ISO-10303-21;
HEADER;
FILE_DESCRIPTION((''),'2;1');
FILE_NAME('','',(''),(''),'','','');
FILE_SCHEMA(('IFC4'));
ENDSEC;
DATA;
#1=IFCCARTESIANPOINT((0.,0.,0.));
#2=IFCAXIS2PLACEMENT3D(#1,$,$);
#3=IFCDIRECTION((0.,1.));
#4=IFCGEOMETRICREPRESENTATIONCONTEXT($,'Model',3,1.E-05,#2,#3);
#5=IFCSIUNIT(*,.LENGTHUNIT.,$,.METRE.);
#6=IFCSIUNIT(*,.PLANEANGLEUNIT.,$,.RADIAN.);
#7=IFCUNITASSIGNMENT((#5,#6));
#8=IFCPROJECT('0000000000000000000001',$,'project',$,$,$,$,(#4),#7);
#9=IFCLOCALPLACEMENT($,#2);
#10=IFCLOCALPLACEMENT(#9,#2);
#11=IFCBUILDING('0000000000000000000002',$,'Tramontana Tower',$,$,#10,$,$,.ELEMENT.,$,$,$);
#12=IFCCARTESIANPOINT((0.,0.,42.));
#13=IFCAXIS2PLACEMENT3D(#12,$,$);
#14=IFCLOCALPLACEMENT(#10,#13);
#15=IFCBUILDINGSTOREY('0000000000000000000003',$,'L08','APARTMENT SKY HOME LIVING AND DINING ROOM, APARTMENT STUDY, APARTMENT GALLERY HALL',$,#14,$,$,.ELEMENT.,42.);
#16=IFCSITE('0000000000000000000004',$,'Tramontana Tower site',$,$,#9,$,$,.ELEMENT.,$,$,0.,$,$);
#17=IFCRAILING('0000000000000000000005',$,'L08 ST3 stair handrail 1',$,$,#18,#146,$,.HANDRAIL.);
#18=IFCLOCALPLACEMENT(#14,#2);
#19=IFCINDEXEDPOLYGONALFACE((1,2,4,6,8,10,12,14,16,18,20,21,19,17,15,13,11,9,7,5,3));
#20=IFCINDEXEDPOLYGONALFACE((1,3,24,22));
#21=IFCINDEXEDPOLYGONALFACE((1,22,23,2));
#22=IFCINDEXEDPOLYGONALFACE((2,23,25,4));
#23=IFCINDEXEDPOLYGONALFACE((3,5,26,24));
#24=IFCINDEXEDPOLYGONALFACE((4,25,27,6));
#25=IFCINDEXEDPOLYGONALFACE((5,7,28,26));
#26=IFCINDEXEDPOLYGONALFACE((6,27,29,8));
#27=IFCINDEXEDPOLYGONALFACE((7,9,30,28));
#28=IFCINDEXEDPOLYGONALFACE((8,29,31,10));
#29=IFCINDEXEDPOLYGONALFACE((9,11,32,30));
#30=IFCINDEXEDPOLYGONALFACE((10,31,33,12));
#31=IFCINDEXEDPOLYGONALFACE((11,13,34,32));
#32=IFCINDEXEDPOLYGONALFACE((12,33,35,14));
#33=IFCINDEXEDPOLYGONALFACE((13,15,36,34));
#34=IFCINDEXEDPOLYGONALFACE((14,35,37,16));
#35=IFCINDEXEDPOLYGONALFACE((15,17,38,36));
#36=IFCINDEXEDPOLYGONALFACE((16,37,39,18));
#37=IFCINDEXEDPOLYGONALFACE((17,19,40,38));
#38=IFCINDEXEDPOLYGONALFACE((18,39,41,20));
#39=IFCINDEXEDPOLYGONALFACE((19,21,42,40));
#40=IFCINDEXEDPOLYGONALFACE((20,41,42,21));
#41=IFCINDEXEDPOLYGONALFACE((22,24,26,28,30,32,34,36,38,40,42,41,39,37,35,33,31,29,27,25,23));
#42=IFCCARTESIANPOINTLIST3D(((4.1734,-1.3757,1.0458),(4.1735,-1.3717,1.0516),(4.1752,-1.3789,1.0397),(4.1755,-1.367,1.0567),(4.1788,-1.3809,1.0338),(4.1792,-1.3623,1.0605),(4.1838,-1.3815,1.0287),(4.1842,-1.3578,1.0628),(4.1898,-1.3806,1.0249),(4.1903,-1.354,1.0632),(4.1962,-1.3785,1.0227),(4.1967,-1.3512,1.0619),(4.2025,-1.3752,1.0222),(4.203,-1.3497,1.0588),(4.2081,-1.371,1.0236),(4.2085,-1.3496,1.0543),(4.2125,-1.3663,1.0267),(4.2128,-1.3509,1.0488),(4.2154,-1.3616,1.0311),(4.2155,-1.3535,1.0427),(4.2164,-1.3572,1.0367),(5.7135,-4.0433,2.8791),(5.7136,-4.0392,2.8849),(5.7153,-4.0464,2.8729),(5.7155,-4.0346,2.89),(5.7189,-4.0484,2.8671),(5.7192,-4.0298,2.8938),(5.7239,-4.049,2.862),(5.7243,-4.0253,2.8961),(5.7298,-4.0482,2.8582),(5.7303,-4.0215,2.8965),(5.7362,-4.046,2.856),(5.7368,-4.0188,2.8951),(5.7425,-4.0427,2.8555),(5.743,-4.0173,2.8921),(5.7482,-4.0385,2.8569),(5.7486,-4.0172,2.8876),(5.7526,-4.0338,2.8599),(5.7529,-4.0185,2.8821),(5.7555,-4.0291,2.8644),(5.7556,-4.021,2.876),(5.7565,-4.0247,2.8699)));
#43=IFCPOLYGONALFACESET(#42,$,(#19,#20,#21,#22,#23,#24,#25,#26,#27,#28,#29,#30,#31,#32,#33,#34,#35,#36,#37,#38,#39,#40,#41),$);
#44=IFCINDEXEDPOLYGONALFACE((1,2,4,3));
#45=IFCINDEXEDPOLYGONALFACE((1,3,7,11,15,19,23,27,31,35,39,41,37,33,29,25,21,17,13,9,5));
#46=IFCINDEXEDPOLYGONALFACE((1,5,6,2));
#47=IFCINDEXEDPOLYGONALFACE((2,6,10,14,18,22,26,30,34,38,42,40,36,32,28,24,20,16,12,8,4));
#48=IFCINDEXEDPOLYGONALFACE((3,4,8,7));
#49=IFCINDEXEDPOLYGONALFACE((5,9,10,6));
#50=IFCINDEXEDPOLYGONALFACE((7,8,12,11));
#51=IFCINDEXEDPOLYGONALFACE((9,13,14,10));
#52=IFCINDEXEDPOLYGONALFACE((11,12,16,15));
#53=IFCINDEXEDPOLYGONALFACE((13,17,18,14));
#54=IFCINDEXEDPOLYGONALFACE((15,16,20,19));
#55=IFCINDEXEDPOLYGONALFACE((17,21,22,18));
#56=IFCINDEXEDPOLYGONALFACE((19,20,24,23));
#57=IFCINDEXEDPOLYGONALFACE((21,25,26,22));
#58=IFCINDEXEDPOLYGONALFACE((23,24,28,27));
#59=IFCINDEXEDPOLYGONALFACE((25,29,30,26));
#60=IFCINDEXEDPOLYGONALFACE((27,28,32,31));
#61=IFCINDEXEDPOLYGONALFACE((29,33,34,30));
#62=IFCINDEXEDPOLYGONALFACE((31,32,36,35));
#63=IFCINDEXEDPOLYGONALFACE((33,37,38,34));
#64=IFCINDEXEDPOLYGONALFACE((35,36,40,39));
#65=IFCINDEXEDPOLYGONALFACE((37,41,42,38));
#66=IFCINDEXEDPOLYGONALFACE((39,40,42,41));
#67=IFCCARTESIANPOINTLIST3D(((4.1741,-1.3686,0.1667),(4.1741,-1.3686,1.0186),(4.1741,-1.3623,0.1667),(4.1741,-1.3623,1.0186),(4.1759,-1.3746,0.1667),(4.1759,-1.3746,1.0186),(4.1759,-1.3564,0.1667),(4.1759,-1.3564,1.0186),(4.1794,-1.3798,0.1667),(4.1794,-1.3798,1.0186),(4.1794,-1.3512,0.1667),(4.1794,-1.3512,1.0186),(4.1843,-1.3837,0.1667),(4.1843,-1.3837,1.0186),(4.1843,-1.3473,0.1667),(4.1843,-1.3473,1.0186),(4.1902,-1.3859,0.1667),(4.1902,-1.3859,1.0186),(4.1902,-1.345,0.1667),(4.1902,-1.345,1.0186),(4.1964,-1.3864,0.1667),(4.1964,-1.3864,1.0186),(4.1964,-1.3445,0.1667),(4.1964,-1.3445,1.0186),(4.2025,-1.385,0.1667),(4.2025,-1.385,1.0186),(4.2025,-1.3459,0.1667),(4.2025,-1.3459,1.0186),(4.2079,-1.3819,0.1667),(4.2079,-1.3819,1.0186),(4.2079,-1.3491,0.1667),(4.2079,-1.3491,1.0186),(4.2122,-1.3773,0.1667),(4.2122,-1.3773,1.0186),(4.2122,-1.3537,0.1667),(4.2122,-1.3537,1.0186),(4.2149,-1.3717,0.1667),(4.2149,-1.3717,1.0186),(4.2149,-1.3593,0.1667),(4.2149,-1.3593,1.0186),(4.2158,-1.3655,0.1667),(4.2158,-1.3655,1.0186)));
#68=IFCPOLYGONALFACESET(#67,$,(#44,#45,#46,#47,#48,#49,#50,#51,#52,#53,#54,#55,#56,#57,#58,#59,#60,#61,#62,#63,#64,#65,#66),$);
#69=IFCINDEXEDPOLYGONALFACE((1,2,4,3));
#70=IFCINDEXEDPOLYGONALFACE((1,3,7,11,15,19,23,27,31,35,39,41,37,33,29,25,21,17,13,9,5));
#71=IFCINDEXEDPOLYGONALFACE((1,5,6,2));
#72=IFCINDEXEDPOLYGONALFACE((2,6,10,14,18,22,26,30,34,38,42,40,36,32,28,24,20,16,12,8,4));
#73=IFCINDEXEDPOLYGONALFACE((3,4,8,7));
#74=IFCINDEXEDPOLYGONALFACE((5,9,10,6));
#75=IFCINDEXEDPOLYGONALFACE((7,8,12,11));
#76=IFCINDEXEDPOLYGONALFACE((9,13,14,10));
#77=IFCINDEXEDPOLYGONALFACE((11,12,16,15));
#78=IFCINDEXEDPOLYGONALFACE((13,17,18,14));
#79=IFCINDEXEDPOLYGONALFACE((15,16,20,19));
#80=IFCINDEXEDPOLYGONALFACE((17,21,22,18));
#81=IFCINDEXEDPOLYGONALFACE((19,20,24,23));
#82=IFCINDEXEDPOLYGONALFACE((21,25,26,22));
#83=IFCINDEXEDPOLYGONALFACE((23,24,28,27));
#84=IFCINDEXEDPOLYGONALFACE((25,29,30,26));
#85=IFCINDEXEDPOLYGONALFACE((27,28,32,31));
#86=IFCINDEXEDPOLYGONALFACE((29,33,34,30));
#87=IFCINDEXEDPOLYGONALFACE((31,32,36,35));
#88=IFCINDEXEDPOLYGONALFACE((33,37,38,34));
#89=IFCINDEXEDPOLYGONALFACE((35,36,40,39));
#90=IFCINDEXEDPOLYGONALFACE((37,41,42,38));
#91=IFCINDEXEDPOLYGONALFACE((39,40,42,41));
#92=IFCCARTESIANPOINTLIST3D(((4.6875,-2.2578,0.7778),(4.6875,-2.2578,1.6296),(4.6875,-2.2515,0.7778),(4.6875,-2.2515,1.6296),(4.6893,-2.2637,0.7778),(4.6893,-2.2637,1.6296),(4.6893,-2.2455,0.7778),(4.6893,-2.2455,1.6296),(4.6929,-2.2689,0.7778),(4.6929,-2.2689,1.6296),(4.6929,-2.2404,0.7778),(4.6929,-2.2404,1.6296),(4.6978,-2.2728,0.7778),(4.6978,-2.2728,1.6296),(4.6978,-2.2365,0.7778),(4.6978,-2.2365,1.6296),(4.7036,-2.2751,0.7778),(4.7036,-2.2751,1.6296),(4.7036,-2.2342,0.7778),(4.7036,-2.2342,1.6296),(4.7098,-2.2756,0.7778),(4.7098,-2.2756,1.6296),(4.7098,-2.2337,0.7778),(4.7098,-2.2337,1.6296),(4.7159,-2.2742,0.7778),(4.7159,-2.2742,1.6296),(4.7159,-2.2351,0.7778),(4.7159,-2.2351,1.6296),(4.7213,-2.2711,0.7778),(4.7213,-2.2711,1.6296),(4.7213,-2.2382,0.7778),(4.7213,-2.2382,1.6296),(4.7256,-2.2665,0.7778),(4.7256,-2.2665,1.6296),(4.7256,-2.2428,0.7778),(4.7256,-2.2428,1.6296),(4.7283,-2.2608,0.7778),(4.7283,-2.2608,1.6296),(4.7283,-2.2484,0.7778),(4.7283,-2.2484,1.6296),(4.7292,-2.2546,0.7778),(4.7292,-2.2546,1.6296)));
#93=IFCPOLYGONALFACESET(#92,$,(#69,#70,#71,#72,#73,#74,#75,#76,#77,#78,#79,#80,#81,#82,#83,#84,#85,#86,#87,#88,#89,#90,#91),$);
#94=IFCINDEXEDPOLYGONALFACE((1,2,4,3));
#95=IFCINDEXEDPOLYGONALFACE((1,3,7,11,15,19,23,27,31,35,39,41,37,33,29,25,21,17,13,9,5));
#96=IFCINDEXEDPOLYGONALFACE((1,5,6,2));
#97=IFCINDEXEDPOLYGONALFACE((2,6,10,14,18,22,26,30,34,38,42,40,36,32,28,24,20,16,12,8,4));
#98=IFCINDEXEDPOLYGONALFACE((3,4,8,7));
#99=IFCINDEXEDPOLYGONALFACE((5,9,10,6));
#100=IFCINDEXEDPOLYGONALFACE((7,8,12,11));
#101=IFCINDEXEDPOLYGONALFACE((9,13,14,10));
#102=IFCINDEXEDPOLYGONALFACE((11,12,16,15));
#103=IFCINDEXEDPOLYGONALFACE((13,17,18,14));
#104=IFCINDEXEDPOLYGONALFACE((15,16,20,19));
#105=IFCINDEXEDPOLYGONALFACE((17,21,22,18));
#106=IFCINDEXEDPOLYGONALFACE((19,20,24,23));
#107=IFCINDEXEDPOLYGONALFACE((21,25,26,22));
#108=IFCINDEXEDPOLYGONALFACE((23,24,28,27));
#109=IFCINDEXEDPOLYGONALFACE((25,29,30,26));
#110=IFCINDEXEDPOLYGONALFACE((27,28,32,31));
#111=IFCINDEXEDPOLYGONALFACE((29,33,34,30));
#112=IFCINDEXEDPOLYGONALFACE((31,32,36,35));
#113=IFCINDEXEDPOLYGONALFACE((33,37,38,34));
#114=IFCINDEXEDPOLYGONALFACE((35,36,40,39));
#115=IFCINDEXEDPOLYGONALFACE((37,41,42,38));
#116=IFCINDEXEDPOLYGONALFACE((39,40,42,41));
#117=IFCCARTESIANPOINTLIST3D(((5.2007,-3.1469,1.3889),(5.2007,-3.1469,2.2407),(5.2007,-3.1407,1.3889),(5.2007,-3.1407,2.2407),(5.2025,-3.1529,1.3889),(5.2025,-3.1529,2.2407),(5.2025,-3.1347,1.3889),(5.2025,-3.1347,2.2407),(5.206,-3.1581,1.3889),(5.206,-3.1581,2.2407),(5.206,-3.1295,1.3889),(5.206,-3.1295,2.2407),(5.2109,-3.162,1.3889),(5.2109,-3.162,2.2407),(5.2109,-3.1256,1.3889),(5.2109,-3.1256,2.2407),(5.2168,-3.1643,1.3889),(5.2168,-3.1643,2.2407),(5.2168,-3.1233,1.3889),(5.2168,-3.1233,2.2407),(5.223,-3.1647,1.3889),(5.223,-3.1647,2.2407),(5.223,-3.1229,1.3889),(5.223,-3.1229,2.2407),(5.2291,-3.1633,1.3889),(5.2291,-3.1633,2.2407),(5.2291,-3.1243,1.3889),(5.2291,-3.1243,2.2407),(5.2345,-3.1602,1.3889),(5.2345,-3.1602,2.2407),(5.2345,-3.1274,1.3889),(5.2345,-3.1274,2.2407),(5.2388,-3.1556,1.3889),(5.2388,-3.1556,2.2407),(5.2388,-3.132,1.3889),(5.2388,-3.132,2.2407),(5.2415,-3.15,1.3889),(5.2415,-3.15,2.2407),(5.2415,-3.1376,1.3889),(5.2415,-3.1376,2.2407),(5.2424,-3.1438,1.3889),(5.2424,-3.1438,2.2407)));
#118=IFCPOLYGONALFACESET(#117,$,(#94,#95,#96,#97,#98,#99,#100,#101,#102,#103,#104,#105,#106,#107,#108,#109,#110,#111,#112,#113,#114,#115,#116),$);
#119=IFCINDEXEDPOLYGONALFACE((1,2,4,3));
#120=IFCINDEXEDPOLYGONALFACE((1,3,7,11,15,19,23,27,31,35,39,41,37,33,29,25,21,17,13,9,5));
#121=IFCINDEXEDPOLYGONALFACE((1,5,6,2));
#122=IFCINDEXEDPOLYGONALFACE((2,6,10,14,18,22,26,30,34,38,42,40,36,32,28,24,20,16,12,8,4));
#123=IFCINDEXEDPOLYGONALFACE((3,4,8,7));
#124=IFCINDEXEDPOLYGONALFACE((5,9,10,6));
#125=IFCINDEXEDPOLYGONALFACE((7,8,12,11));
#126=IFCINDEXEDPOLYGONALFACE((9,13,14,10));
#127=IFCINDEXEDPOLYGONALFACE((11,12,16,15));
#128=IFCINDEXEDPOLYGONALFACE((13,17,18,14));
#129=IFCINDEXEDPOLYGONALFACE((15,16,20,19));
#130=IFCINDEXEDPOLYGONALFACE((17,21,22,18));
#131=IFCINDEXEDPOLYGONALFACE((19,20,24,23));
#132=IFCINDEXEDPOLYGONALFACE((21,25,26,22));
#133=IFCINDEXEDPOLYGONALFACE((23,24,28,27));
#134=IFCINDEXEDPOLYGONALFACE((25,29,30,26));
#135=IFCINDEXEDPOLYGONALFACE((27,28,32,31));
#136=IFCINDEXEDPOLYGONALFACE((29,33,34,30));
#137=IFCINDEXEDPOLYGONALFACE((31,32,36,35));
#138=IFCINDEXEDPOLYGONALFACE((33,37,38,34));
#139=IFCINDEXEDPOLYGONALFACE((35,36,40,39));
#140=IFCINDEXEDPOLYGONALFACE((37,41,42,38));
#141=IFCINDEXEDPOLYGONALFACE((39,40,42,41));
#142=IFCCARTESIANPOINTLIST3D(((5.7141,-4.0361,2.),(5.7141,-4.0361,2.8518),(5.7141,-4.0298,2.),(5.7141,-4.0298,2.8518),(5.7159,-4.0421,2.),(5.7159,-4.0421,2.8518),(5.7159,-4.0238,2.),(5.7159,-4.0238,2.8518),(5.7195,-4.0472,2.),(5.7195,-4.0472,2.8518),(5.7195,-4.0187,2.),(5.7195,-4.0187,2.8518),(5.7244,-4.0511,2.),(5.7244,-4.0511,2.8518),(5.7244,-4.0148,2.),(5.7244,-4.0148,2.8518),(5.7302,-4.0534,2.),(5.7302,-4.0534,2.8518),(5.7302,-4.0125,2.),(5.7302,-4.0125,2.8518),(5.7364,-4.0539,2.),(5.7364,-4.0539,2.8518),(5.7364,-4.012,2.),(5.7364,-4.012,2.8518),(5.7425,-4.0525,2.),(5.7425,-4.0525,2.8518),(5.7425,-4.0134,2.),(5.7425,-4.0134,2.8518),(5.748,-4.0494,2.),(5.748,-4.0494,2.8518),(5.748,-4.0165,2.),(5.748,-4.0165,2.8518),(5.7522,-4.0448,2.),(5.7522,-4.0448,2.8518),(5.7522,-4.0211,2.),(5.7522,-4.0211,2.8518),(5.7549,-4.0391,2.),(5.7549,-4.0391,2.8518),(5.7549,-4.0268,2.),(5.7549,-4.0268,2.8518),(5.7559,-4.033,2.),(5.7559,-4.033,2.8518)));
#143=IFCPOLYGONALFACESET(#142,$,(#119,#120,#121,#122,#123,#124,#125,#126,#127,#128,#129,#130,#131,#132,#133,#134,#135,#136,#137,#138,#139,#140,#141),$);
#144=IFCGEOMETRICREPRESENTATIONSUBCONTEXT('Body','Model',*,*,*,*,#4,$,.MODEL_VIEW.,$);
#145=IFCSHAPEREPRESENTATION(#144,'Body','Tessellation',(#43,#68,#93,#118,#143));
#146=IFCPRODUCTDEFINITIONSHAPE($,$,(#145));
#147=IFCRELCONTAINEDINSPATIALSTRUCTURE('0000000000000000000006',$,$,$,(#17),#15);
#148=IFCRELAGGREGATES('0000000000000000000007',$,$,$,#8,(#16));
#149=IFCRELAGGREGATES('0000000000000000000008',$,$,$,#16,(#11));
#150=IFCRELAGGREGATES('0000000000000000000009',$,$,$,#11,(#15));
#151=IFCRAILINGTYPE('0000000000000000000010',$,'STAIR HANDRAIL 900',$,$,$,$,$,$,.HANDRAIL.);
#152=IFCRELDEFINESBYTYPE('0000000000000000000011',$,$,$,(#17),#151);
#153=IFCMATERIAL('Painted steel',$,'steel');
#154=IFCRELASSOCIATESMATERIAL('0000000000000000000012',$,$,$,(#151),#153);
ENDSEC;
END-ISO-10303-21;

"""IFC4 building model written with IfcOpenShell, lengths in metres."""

from ifc_helpers import new_model, si_unit, direction, frame, origin, origin_2d, place, context, subcontext, project, spatial, circle, extrude, material, type_object, element, save


model = new_model("IFC4")

# Units and contexts
model_context = context("Model", 3, precision=1e-05, world=origin(), true_north=direction((0.0, 1.0)))
body_context = subcontext(model_context, "Body", "Model", "MODEL_VIEW")
ifc_project = project(units=[si_unit("LENGTHUNIT", "METRE"), si_unit("PLANEANGLEUNIT", "RADIAN")], contexts=[model_context])

# Site, building, storey
site_placement = place(None, origin())
site = spatial("IfcSite", under=ifc_project, at=site_placement, Name="Tramontana Tower site", CompositionType="ELEMENT", RefElevation=0.0)
building_placement = place(site_placement, origin())
building = spatial("IfcBuilding", under=site, at=building_placement, Name="Tramontana Tower", CompositionType="ELEMENT")
storey_placement = place(building_placement, frame((0.0, 0.0, 42.0)))
storey = spatial("IfcBuildingStorey", under=building, at=storey_placement, Name="L08", Description="APARTMENT SKY HOME LIVING AND DINING ROOM, APARTMENT STUDY, APARTMENT GALLERY HALL", CompositionType="ELEMENT", Elevation=42.0)

# Railing
ifc_material_1 = material(Name="Painted steel", Category="steel")
railing_type_1 = type_object("IfcRailingType", Name="STAIR HANDRAIL 900", PredefinedType="HANDRAIL", material=ifc_material_1)
railing_1_placement = place(storey_placement, frame((4.1948, -1.3655, 0.1667)))
element("IfcRailing", 1, at=railing_1_placement, inside=storey, type_object=railing_type_1, Name="L08 ST3 stair handrail 1", PredefinedType="HANDRAIL", context=body_context, shape_type="SweptSolid", body=[
    extrude(circle(Radius=0.0239, at=origin_2d()), frame((0.0, 0.0, 0.876), z_axis=(0.429649, -0.74419, 0.511452), x_axis=(0.86603, 0.499992, 0.0)), (0.0, 0.0, 1.0), 3.5845),
    extrude(circle(Radius=0.021, at=origin_2d()), origin(), (0.0, 0.0, 1.0), 0.8518),
    extrude(circle(Radius=0.021, at=origin_2d()), frame((0.5134, -0.8892, 0.6111)), (0.0, 0.0, 1.0), 0.8518),
    extrude(circle(Radius=0.021, at=origin_2d()), frame((1.0266, -1.7783, 1.2222)), (0.0, 0.0, 1.0), 0.8518),
    extrude(circle(Radius=0.021, at=origin_2d()), frame((1.54, -2.6675, 1.8333)), (0.0, 0.0, 1.0), 0.8518),
])

save(model, "model.ifc")
